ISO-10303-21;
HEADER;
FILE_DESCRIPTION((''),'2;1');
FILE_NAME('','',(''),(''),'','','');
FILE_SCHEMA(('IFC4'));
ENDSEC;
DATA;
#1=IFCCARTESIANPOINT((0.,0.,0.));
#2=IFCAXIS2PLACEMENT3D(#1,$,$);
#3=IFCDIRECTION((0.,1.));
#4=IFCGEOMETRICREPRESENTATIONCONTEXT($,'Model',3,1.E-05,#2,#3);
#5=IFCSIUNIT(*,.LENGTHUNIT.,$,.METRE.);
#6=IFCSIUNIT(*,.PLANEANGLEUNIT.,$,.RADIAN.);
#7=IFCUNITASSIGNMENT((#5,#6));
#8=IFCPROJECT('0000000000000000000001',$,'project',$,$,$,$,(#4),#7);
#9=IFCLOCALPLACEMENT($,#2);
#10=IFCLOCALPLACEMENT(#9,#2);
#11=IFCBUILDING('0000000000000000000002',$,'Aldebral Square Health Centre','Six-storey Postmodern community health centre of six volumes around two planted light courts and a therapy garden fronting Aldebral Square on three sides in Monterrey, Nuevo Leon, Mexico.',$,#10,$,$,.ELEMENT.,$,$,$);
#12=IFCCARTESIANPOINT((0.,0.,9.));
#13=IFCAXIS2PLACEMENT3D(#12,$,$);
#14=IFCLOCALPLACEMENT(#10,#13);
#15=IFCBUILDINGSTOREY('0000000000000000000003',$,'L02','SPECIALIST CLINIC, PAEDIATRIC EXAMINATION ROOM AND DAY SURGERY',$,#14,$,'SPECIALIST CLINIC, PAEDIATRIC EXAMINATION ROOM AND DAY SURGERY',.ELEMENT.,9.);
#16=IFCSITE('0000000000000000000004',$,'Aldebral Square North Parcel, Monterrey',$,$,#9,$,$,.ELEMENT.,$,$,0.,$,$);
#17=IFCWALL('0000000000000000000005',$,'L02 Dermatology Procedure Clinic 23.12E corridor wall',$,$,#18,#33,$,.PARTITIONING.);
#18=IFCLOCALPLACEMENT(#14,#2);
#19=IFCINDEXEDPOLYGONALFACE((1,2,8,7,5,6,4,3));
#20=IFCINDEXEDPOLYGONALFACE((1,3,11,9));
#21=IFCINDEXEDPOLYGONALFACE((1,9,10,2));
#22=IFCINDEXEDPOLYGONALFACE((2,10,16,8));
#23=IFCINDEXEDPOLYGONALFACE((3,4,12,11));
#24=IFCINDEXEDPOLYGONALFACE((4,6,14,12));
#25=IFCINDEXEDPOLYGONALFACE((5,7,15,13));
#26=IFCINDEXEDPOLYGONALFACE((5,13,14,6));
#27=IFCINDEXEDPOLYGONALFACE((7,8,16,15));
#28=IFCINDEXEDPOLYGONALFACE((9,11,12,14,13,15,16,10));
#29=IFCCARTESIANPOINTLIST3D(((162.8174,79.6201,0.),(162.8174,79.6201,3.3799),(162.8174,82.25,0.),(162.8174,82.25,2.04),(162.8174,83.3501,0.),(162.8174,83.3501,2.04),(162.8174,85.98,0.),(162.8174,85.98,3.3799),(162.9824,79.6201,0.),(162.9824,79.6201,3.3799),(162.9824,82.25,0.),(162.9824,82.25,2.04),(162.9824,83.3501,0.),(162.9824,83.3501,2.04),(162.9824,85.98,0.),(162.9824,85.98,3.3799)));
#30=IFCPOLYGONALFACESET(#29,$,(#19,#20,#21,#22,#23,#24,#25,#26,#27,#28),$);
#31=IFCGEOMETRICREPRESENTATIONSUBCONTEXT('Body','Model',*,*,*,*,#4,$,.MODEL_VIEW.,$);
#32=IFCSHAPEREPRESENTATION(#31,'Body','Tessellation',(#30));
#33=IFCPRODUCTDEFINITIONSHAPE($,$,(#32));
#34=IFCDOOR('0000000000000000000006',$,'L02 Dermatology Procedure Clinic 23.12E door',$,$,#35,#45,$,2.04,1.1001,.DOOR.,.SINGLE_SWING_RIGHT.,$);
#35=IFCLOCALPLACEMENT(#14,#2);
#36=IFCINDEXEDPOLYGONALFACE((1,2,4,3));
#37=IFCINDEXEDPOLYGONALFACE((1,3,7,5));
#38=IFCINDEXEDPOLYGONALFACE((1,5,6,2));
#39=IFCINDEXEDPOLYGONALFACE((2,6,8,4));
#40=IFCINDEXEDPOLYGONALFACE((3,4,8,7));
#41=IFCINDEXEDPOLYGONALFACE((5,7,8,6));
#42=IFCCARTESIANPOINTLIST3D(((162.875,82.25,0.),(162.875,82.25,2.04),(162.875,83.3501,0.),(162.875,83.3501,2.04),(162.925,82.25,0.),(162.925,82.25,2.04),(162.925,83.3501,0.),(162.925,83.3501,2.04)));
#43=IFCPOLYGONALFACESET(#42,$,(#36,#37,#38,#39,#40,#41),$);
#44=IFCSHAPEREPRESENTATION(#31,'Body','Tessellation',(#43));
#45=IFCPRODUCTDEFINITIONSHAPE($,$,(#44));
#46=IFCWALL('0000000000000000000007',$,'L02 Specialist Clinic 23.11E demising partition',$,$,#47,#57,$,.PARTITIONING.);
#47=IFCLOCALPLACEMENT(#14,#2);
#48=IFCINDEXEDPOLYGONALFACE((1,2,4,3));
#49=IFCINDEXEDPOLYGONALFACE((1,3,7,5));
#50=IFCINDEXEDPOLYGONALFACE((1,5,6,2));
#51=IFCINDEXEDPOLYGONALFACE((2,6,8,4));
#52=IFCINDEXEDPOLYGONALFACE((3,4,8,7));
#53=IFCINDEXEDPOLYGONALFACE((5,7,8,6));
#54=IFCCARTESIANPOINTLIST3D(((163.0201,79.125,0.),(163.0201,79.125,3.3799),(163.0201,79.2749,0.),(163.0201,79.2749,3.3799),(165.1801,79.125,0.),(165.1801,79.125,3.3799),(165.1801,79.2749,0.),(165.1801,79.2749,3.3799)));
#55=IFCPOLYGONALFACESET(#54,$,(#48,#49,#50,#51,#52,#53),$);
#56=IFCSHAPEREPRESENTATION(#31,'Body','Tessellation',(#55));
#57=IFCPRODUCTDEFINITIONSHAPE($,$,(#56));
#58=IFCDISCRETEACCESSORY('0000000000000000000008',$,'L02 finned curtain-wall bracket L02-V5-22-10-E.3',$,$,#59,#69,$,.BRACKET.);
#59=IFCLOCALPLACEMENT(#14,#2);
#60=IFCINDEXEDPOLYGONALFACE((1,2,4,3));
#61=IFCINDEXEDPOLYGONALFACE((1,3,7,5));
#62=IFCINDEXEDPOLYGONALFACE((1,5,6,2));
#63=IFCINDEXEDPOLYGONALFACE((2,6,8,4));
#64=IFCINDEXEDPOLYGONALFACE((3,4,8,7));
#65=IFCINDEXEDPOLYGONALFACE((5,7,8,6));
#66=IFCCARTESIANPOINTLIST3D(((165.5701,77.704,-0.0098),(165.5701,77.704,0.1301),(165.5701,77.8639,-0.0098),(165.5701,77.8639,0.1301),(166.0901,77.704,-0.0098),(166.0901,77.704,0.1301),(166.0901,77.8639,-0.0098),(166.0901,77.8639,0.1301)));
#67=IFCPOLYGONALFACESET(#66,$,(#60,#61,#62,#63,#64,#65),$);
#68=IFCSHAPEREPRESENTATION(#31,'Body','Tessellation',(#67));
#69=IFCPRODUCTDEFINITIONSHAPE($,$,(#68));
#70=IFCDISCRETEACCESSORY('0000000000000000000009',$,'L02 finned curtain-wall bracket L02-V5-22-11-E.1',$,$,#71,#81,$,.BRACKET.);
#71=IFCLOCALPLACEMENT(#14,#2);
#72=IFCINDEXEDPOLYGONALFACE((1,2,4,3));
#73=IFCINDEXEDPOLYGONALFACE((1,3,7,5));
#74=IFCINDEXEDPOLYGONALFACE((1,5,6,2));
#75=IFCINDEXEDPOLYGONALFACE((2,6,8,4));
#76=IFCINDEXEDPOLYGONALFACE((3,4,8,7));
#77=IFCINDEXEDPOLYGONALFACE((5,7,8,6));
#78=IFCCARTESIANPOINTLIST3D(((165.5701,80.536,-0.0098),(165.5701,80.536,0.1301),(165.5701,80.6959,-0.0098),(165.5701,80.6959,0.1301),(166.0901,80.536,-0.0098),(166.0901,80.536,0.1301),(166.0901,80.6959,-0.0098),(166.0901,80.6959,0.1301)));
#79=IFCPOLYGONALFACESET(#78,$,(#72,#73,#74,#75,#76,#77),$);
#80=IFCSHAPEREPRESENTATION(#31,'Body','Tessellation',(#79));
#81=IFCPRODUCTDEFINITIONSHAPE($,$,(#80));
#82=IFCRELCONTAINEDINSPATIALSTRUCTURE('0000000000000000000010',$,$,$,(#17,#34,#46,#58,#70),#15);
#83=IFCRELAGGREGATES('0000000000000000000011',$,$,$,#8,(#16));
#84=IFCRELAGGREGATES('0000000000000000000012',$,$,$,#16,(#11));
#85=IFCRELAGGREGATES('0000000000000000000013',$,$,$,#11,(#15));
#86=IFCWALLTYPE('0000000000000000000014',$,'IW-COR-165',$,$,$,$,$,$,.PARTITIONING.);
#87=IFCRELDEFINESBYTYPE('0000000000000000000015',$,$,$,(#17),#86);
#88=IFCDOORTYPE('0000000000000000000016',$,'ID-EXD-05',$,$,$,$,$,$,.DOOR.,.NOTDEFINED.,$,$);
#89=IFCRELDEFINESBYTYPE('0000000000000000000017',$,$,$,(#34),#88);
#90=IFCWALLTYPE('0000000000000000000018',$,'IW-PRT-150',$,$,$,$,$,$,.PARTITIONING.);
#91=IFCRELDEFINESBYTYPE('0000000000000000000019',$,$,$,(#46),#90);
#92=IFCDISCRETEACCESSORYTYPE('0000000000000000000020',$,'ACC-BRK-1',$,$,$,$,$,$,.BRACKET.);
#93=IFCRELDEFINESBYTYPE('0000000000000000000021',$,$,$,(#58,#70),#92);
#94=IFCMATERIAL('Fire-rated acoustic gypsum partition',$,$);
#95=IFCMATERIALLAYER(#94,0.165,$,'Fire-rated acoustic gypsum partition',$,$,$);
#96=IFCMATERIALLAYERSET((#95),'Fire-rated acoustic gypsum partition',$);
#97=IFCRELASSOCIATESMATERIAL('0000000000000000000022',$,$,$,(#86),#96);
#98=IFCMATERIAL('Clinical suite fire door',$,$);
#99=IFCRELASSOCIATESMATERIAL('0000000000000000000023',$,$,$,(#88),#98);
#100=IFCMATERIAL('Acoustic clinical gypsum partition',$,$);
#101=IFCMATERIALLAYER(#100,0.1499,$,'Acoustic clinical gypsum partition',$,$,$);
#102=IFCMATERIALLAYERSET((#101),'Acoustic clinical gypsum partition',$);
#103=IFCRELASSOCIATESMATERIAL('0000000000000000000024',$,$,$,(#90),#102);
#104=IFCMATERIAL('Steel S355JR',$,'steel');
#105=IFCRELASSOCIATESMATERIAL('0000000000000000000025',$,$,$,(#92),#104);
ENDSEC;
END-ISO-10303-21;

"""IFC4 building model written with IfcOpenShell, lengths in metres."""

from ifc_helpers import new_model, si_unit, direction, frame, frame_2d, origin, origin_2d, place, context, subcontext, project, spatial, rectangle, extrude, material, layer, layer_set, type_object, element, fill, save


model = new_model("IFC4")

# Units and contexts
model_context = context("Model", 3, precision=1e-05, world=origin(), true_north=direction((0.0, 1.0)))
body_context = subcontext(model_context, "Body", "Model", "MODEL_VIEW")
ifc_project = project(units=[si_unit("LENGTHUNIT", "METRE"), si_unit("PLANEANGLEUNIT", "RADIAN")], contexts=[model_context])

# Site, building, storey
site_placement = place(None, origin())
site = spatial("IfcSite", under=ifc_project, at=site_placement, Name="Aldebral Square North Parcel, Monterrey", CompositionType="ELEMENT", RefElevation=0.0)
building_placement = place(site_placement, origin())
building = spatial("IfcBuilding", under=site, at=building_placement, Name="Aldebral Square Health Centre", Description="Six-storey Postmodern community health centre of six volumes around two planted light courts and a therapy garden fronting Aldebral Square on three sides in Monterrey, Nuevo Leon, Mexico.", CompositionType="ELEMENT")
storey_placement = place(building_placement, frame((0.0, 0.0, 9.0)))
storey = spatial("IfcBuildingStorey", under=building, at=storey_placement, Name="L02", Description="SPECIALIST CLINIC, PAEDIATRIC EXAMINATION ROOM AND DAY SURGERY", LongName="SPECIALIST CLINIC, PAEDIATRIC EXAMINATION ROOM AND DAY SURGERY", CompositionType="ELEMENT", Elevation=9.0)

# Wall, opening, door
ifc_material_1 = material(Name="Fire-rated acoustic gypsum partition")
ifc_layer_1 = layer(ifc_material_1, 0.165, Name="Fire-rated acoustic gypsum partition")
ifc_layer_set_1 = layer_set([ifc_layer_1], Name="Fire-rated acoustic gypsum partition")
wall_type_1 = type_object("IfcWallType", Name="IW-COR-165", PredefinedType="PARTITIONING", material=ifc_layer_set_1)
ifc_material_2 = material(Name="Clinical suite fire door")
wall_1_placement = place(storey_placement, frame((162.8999, 79.6201, 0.0), z_axis=(0.0, 0.0, 1.0), x_axis=(0.0, 1.0, 0.0)))
wall_1 = element("IfcWall", 1, at=wall_1_placement, inside=storey, type_object=wall_type_1, Name="L02 Dermatology Procedure Clinic 23.12E corridor wall", PredefinedType="PARTITIONING", context=body_context, shape_type="SweptSolid", body=[
    extrude(rectangle(XDim=6.3599, YDim=0.165, at=frame_2d((3.1799, 0.0))), origin(), (0.0, 0.0, 1.0), 3.3799),
])
opening_1_placement = place(wall_1_placement, frame((2.6299, 0.0, 0.0)))
opening_1 = element("IfcOpeningElement", 2, at=opening_1_placement, cuts=wall_1, PredefinedType="OPENING", context=body_context, shape_type="SweptSolid", body=[
    extrude(rectangle(XDim=1.1001, YDim=2.04, at=frame_2d((0.55, 1.02))), frame((0.0, 0.0925, 0.0), z_axis=(0.0, -1.0, 0.0), x_axis=(1.0, 0.0, 0.0)), (0.0, 0.0, 1.0), 0.1851),
])
door_type_1 = type_object("IfcDoorType", Name="ID-EXD-05", OperationType="NOTDEFINED", PredefinedType="DOOR", material=ifc_material_2)
door_1_placement = place(opening_1_placement, origin())
door_1 = element("IfcDoor", 3, at=door_1_placement, inside=storey, type_object=door_type_1, Name="L02 Dermatology Procedure Clinic 23.12E door", OperationType="SINGLE_SWING_RIGHT", OverallHeight=2.04, OverallWidth=1.1001, PredefinedType="DOOR", context=body_context, shape_type="SweptSolid", body=[
    extrude(rectangle(XDim=1.1001, YDim=2.04, at=frame_2d((0.55, 1.02))), frame((0.0, 0.0249, 0.0), z_axis=(0.0, -1.0, 0.0), x_axis=(1.0, 0.0, 0.0)), (0.0, 0.0, 1.0), 0.05),
])
fill(opening_1, door_1)

# Wall
ifc_material_3 = material(Name="Acoustic clinical gypsum partition")
ifc_layer_2 = layer(ifc_material_3, 0.1499, Name="Acoustic clinical gypsum partition")
ifc_layer_set_2 = layer_set([ifc_layer_2], Name="Acoustic clinical gypsum partition")
wall_type_2 = type_object("IfcWallType", Name="IW-PRT-150", PredefinedType="PARTITIONING", material=ifc_layer_set_2)
wall_2_placement = place(storey_placement, frame((163.02, 79.2, 0.0), z_axis=(0.0, 0.0, 1.0), x_axis=(1.0, 0.0, 0.0)))
element("IfcWall", 4, at=wall_2_placement, inside=storey, type_object=wall_type_2, Name="L02 Specialist Clinic 23.11E demising partition", PredefinedType="PARTITIONING", context=body_context, shape_type="SweptSolid", body=[
    extrude(rectangle(XDim=2.1599, YDim=0.1499, at=frame_2d((1.0801, 0.0))), origin(), (0.0, 0.0, 1.0), 3.3799),
])

# Discrete accessories
ifc_material_4 = material(Name="Steel S355JR", Category="steel")
discrete_accessory_type = type_object("IfcDiscreteAccessoryType", Name="ACC-BRK-1", PredefinedType="BRACKET", material=ifc_material_4)
for number, where, z_axis, x_axis, name in (
    (5, (165.8301, 77.7839, -0.0098), (0.0, 0.0, 1.0), (0.0, 1.0, 0.0), "L02 finned curtain-wall bracket L02-V5-22-10-E.3"),
    (6, (165.8301, 80.616, -0.0098), (0.0, 0.0, 1.0), (0.0, 1.0, 0.0), "L02 finned curtain-wall bracket L02-V5-22-11-E.1"),
):
    element("IfcDiscreteAccessory", number, at=place(storey_placement, frame(where, z_axis=z_axis, x_axis=x_axis)), inside=storey, type_object=discrete_accessory_type, Name=name, PredefinedType="BRACKET", context=body_context, shape_type="SweptSolid", body=[
        extrude(rectangle(XDim=0.1599, YDim=0.52, at=origin_2d()), origin(), (0.0, 0.0, 1.0), 0.1399),
    ])

save(model, "model.ifc")
